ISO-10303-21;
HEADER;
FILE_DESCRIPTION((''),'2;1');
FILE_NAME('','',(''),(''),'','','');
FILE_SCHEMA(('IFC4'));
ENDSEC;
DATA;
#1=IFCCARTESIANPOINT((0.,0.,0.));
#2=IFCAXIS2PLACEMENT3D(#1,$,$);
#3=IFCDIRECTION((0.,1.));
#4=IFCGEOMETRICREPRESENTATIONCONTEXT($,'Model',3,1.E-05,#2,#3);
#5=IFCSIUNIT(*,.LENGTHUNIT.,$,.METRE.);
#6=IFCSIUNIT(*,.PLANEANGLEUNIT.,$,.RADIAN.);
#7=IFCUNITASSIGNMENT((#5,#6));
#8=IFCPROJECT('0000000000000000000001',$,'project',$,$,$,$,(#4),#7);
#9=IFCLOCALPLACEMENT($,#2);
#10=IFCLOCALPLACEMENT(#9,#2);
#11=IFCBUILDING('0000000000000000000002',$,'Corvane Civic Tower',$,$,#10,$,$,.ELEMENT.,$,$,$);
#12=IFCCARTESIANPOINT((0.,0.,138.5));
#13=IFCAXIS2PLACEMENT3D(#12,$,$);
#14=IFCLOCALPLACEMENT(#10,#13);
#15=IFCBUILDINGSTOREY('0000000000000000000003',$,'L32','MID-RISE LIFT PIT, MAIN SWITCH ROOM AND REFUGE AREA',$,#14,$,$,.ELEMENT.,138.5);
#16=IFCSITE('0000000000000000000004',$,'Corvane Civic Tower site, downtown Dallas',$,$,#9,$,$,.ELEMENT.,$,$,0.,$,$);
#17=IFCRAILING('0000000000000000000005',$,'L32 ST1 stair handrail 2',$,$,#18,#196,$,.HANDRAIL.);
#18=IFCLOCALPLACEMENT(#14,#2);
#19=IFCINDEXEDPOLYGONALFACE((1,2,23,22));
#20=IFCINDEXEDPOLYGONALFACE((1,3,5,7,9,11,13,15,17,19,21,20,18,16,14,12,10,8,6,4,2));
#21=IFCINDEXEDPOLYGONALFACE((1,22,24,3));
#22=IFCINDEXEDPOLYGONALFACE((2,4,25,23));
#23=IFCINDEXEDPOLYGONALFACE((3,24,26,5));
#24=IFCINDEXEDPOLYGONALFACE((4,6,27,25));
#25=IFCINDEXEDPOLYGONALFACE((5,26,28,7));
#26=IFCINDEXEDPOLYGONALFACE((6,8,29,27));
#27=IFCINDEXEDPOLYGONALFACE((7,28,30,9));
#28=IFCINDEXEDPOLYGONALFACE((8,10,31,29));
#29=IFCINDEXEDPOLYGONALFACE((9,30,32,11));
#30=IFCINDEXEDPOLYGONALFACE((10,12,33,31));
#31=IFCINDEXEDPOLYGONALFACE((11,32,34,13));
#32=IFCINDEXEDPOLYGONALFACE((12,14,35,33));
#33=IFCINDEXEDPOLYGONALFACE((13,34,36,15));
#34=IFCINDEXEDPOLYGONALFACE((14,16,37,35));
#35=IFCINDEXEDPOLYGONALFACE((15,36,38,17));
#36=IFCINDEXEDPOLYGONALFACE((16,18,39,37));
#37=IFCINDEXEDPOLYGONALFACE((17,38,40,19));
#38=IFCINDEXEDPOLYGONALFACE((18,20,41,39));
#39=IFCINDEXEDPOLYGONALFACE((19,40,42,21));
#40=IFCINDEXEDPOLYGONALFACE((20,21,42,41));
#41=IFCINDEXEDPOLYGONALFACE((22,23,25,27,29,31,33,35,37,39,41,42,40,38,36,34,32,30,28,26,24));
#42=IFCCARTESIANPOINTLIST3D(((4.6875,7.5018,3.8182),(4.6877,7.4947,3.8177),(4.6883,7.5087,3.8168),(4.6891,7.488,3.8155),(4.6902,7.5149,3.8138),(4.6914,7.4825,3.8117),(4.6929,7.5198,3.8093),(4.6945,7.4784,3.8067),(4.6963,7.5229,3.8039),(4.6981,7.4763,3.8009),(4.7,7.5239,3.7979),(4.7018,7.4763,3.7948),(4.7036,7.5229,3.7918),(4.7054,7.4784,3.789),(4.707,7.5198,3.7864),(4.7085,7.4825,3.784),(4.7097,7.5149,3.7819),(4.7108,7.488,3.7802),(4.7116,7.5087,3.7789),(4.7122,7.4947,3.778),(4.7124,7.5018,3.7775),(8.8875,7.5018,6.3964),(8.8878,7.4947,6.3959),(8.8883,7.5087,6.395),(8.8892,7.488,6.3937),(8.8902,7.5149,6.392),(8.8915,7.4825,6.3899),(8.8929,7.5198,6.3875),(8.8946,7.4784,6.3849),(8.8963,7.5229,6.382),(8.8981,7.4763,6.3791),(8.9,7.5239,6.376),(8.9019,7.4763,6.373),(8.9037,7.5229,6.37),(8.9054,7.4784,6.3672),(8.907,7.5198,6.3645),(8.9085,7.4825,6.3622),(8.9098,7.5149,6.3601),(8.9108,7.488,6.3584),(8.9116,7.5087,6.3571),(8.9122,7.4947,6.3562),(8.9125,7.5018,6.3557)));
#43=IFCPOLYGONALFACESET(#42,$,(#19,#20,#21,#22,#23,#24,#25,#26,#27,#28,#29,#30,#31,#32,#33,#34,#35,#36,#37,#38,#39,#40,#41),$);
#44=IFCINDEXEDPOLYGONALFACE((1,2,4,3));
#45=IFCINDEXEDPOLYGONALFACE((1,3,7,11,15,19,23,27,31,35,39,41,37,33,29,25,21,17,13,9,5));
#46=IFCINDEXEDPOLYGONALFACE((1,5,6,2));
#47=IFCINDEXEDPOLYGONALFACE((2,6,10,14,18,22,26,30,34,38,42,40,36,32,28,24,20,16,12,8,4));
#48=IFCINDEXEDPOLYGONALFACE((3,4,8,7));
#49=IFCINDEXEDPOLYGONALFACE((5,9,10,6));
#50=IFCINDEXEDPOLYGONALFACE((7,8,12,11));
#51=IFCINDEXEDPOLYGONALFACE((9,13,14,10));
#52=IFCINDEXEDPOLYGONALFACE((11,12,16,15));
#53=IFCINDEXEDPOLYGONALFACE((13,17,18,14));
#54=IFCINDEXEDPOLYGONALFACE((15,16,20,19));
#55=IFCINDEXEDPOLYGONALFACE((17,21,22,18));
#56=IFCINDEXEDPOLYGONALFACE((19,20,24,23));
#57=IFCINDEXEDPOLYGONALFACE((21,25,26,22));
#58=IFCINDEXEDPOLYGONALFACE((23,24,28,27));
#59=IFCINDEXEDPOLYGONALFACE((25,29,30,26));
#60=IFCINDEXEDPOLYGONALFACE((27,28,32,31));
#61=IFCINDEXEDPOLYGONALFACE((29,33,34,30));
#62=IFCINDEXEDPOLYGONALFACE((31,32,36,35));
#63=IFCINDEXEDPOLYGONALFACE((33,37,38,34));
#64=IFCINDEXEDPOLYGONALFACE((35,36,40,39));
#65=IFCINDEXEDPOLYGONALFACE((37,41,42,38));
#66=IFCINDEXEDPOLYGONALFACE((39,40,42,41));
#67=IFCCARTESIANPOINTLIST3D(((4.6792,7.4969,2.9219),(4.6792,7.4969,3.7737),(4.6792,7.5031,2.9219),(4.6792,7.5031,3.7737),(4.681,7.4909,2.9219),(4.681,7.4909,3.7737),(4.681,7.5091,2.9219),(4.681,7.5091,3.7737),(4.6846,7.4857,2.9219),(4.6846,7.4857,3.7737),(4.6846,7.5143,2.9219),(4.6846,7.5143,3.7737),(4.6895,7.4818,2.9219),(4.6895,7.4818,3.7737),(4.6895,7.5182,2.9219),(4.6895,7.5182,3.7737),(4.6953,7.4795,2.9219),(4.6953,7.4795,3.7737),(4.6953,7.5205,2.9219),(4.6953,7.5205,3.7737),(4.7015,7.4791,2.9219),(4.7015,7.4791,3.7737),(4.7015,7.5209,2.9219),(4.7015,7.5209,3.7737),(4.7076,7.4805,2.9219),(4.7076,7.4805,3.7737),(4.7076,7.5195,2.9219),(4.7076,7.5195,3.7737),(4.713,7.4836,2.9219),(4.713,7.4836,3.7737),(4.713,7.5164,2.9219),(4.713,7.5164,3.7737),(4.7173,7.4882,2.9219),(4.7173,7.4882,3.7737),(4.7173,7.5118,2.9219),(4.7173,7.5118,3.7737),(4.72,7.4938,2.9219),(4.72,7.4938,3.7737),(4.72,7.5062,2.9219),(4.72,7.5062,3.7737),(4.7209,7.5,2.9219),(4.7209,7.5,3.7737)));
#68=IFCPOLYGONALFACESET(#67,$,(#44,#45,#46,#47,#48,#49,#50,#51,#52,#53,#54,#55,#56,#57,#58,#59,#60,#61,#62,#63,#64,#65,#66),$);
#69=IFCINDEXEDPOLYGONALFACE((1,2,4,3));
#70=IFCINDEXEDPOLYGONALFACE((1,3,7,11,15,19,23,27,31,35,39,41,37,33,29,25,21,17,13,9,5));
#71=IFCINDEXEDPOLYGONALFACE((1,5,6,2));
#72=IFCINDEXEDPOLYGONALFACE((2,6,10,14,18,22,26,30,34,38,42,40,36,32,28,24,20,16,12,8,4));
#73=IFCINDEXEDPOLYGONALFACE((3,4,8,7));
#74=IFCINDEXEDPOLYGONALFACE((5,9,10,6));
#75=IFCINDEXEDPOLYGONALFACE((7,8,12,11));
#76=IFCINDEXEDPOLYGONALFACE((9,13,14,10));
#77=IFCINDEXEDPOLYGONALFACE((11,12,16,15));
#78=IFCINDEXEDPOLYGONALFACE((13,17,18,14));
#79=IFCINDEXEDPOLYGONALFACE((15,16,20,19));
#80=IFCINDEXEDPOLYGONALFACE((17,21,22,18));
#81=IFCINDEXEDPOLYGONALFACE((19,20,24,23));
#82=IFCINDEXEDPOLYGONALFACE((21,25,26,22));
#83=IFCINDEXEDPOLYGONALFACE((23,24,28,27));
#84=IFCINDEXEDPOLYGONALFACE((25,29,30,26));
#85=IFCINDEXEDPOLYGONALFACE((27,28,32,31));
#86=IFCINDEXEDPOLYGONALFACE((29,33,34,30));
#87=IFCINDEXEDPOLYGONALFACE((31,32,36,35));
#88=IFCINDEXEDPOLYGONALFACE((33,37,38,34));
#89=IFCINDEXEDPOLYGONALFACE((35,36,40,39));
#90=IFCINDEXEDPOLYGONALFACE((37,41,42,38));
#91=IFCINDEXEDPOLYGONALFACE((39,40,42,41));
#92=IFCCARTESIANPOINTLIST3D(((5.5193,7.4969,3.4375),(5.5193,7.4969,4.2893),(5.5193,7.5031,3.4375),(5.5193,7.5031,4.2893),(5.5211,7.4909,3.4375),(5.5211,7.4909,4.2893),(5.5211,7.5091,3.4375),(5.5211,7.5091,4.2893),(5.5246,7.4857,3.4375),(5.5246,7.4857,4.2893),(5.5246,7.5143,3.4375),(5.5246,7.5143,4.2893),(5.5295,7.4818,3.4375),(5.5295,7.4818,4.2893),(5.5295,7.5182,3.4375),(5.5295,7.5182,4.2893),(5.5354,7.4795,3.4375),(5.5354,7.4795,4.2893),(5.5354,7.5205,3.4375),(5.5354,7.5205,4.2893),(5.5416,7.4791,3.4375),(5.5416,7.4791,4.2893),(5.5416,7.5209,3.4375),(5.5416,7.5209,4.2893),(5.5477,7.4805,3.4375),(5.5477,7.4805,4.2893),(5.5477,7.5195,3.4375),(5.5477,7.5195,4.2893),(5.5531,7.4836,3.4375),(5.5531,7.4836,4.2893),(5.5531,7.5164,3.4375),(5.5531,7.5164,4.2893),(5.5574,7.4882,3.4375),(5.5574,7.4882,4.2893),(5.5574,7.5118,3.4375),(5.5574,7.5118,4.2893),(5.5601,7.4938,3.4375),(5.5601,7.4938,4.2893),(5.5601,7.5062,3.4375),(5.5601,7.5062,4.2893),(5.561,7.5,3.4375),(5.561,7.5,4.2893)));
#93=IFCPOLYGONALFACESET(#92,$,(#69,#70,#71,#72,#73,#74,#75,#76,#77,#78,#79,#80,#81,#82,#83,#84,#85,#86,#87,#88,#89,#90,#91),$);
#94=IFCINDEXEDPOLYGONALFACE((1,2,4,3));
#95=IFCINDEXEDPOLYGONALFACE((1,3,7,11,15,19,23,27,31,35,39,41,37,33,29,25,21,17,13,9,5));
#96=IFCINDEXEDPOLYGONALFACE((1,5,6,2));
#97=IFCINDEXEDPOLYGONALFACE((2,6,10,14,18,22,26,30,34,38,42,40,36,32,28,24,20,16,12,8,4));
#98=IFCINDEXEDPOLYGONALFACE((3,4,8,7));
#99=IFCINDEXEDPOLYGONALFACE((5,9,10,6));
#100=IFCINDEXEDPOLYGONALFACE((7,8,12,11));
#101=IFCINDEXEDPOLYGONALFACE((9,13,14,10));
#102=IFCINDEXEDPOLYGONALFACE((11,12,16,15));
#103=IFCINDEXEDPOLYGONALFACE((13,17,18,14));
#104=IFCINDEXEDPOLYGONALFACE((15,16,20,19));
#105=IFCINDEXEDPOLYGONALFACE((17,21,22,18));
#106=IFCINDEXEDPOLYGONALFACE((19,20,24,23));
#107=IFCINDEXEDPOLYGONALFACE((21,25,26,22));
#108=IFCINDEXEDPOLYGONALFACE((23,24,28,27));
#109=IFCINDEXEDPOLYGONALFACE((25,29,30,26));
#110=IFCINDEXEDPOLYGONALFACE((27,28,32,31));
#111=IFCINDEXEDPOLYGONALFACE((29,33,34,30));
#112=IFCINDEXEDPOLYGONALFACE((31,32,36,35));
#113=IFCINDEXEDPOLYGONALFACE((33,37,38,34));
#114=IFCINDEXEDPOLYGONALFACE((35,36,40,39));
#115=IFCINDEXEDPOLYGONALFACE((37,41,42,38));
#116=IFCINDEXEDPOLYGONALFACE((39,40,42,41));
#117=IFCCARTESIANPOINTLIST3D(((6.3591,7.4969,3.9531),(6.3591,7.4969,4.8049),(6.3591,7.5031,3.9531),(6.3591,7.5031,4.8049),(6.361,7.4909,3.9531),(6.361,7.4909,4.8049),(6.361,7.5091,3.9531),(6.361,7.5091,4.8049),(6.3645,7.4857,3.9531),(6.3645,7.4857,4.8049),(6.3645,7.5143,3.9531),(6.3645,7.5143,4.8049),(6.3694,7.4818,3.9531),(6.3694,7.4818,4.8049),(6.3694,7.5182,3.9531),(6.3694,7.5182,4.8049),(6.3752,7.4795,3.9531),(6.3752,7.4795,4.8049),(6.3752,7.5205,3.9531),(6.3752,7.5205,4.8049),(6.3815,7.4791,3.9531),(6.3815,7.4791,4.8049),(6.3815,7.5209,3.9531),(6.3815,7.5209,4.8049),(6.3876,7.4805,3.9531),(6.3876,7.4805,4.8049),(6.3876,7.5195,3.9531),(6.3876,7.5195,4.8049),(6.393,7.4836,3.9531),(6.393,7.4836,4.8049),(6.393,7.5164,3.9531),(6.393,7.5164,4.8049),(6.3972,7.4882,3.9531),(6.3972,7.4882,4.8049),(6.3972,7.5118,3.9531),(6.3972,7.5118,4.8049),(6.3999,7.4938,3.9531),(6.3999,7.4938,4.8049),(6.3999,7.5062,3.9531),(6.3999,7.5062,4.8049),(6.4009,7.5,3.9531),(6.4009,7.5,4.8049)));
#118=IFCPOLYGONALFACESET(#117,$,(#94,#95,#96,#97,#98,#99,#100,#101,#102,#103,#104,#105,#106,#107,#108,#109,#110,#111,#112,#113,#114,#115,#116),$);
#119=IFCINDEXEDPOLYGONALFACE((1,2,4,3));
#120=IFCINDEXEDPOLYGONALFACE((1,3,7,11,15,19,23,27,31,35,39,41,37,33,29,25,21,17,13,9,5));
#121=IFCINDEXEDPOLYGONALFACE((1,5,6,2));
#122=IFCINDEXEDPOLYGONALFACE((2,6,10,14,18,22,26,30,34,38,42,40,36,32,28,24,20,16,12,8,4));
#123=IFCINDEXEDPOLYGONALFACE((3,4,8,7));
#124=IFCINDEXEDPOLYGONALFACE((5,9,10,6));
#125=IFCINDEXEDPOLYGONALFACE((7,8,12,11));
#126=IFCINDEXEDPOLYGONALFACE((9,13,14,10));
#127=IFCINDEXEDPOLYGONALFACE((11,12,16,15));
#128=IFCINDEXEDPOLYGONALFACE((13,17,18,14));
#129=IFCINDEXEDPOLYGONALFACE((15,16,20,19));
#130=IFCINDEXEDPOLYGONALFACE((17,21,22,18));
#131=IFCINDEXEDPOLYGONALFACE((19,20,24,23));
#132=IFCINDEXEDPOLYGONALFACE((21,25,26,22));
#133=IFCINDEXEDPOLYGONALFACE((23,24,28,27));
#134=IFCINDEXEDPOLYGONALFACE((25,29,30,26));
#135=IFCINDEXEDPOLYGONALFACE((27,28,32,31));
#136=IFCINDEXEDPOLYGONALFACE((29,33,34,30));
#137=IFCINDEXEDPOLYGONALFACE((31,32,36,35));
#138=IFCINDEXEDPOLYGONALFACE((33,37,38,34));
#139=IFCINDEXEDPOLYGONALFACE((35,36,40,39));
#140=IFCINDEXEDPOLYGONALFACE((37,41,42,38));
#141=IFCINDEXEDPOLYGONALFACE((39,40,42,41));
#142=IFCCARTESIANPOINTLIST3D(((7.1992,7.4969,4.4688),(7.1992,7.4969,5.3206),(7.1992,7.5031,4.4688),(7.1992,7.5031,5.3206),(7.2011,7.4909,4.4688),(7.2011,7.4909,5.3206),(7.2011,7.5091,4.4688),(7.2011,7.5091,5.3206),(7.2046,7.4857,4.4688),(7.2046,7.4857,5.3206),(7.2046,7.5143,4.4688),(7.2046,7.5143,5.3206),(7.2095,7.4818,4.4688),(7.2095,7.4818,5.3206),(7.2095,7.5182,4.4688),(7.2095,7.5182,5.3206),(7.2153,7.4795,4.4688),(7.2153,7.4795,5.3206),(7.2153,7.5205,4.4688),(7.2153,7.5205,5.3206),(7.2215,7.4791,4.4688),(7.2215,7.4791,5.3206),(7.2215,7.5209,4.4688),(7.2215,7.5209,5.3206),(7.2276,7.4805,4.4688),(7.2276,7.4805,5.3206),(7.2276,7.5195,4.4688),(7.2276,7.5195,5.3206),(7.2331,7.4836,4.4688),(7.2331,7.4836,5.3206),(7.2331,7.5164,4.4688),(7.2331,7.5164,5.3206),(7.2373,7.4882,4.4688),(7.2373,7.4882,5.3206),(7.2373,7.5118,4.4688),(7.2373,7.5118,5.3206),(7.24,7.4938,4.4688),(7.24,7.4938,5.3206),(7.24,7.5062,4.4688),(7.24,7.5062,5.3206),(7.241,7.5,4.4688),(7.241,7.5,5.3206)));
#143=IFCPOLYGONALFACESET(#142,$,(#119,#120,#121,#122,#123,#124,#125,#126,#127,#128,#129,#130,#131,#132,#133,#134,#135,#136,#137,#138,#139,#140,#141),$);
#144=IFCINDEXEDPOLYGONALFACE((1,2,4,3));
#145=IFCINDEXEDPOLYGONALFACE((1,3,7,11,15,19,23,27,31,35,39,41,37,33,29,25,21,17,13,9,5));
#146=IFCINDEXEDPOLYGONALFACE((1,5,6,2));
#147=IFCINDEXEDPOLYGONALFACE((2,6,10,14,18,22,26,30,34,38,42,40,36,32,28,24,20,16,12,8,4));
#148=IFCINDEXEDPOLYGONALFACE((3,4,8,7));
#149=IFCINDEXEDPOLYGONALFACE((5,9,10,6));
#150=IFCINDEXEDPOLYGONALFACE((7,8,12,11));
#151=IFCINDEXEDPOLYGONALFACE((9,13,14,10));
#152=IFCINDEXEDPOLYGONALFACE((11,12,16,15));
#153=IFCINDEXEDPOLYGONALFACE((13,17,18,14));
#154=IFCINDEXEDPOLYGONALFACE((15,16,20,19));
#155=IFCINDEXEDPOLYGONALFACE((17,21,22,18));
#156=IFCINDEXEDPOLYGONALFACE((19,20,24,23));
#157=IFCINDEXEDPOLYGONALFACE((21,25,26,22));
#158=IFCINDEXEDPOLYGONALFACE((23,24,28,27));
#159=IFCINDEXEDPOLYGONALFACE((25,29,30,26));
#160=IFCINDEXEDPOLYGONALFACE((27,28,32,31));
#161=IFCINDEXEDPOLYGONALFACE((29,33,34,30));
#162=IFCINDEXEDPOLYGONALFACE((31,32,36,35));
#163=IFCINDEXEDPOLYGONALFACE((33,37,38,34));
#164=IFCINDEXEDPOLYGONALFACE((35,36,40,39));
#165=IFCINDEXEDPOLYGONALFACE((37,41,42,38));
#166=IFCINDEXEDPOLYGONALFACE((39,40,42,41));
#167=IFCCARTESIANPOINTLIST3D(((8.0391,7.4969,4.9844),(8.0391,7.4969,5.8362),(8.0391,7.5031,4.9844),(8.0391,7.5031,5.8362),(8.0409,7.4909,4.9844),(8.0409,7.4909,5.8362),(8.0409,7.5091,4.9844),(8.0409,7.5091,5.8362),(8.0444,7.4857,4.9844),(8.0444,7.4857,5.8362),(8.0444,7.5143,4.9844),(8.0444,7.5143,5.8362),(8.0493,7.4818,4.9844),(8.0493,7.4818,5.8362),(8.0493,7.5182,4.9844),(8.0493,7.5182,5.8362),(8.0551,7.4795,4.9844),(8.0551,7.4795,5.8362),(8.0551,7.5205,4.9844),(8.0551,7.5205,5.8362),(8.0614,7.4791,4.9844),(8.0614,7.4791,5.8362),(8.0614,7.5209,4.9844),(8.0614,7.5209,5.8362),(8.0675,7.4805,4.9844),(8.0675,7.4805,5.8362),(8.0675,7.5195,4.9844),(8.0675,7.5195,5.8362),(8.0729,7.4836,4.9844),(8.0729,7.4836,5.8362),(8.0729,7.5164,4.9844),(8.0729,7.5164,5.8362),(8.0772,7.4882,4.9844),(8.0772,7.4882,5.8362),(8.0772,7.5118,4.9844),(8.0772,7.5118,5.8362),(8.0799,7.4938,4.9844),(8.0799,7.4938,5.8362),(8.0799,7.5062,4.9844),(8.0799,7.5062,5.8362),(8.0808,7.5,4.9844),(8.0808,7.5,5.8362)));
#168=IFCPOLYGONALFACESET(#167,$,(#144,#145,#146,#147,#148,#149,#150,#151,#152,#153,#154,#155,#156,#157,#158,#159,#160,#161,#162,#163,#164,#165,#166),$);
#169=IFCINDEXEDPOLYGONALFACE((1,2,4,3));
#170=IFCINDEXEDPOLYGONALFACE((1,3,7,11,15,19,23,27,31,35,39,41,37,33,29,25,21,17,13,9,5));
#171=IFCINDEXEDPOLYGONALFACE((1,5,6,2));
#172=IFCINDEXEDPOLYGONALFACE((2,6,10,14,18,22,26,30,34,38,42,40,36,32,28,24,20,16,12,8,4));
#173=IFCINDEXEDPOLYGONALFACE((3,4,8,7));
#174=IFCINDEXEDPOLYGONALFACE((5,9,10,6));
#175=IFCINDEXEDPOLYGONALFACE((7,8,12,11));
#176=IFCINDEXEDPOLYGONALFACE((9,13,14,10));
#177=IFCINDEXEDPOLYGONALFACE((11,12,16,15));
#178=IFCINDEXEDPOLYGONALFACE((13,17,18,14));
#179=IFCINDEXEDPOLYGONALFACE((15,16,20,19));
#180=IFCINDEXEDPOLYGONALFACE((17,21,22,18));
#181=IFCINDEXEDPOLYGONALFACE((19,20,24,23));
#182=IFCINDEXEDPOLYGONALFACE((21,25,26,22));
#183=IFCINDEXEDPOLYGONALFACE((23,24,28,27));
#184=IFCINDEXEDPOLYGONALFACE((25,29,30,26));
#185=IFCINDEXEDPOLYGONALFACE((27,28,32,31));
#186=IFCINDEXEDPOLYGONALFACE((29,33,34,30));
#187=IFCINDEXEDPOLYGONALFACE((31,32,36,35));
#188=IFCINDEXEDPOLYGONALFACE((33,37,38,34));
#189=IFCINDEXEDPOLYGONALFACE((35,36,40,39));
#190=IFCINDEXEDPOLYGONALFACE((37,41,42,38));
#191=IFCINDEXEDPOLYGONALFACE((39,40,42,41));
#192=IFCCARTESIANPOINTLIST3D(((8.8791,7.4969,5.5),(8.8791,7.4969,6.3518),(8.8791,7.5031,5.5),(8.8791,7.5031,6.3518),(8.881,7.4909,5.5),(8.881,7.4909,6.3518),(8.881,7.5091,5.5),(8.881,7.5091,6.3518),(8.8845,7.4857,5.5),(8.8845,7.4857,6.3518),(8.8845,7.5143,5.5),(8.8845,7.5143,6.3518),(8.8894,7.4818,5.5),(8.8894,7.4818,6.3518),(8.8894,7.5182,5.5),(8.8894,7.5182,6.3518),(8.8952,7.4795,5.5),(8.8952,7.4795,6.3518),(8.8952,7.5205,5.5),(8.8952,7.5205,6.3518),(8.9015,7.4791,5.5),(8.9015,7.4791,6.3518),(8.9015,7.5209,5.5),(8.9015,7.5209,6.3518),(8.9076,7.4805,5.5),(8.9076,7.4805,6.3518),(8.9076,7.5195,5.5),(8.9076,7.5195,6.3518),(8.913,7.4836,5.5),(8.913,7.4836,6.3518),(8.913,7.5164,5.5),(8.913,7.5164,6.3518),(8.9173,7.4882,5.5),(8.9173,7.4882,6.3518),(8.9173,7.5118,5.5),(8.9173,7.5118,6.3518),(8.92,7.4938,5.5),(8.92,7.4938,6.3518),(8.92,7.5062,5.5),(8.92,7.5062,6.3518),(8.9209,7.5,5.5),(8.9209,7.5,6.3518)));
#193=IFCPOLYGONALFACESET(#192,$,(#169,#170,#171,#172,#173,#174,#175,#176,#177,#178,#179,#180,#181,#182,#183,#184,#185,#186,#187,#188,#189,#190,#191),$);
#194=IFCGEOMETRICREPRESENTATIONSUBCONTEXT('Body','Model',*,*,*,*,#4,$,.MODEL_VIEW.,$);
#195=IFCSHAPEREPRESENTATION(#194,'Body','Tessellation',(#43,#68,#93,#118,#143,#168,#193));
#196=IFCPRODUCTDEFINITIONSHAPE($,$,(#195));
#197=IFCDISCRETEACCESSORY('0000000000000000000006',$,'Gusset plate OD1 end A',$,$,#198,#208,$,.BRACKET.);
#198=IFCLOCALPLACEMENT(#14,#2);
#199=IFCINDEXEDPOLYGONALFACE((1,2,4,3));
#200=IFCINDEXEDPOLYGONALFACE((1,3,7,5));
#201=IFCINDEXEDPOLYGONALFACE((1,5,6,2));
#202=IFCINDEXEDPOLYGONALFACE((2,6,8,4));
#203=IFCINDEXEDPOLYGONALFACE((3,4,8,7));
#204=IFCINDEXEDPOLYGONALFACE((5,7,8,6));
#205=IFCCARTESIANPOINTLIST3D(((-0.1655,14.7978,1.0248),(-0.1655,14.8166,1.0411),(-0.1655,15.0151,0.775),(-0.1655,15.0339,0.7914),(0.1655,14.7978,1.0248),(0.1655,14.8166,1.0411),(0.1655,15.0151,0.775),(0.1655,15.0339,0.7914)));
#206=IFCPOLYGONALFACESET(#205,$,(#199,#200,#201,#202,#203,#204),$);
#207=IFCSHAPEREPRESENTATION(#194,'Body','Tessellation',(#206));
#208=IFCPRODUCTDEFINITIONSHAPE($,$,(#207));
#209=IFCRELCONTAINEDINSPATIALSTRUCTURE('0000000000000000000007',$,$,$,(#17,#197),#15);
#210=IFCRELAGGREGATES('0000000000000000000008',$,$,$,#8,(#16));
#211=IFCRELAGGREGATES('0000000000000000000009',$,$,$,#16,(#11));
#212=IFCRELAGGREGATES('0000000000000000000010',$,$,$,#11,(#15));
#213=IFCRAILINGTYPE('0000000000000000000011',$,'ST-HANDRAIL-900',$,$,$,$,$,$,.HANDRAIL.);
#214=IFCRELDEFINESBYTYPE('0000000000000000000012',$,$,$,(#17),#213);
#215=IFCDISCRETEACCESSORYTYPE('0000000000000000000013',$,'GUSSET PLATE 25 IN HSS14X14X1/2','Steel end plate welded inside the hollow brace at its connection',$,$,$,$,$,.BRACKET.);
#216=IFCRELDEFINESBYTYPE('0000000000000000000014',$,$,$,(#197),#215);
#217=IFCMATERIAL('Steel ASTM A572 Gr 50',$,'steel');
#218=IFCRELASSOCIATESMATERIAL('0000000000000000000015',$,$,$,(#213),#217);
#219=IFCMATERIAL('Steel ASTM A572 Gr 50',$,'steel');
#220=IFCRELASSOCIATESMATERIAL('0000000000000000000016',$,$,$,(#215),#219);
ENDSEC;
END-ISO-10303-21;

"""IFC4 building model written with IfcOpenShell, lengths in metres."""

from ifc_helpers import new_model, si_unit, direction, frame, origin, origin_2d, place, context, subcontext, project, spatial, rectangle, circle, extrude, material, material_profile, profile_set, type_object, element, save


model = new_model("IFC4")

# Units and contexts
model_context = context("Model", 3, precision=1e-05, world=origin(), true_north=direction((0.0, 1.0)))
body_context = subcontext(model_context, "Body", "Model", "MODEL_VIEW")
ifc_project = project(units=[si_unit("LENGTHUNIT", "METRE"), si_unit("PLANEANGLEUNIT", "RADIAN")], contexts=[model_context])

# Site, building, storey
site_placement = place(None, origin())
site = spatial("IfcSite", under=ifc_project, at=site_placement, Name="Corvane Civic Tower site, downtown Dallas", CompositionType="ELEMENT", RefElevation=0.0)
building_placement = place(site_placement, origin())
building = spatial("IfcBuilding", under=site, at=building_placement, Name="Corvane Civic Tower", CompositionType="ELEMENT")
storey_placement = place(building_placement, frame((0.0, 0.0, 138.5)))
storey = spatial("IfcBuildingStorey", under=building, at=storey_placement, Name="L32", Description="MID-RISE LIFT PIT, MAIN SWITCH ROOM AND REFUGE AREA", CompositionType="ELEMENT", Elevation=138.5)

# Railing
ifc_material_1 = material(Name="Steel ASTM A572 Gr 50", Category="steel")
railing_type_1 = type_object("IfcRailingType", Name="ST-HANDRAIL-900", PredefinedType="HANDRAIL", material=ifc_material_1)
railing_1_placement = place(storey_placement, frame((4.7, 7.5, 2.9219)))
element("IfcRailing", 1, at=railing_1_placement, inside=storey, type_object=railing_type_1, Name="L32 ST1 stair handrail 2", PredefinedType="HANDRAIL", context=body_context, shape_type="SweptSolid", body=[
    extrude(circle(Radius=0.0239, at=origin_2d()), frame((0.0, 0.0, 0.876), z_axis=(0.852243, 0.0, 0.523146), x_axis=(0.0, 1.0, 0.0)), (0.0, 0.0, 1.0), 4.9282),
    extrude(circle(Radius=0.021, at=origin_2d()), origin(), (0.0, 0.0, 1.0), 0.8518),
    extrude(circle(Radius=0.021, at=origin_2d()), frame((0.8401, 0.0, 0.5156)), (0.0, 0.0, 1.0), 0.8518),
    extrude(circle(Radius=0.021, at=origin_2d()), frame((1.6799, 0.0, 1.0312)), (0.0, 0.0, 1.0), 0.8518),
    extrude(circle(Radius=0.021, at=origin_2d()), frame((2.52, 0.0, 1.5469)), (0.0, 0.0, 1.0), 0.8518),
    extrude(circle(Radius=0.021, at=origin_2d()), frame((3.3599, 0.0, 2.0625)), (0.0, 0.0, 1.0), 0.8518),
    extrude(circle(Radius=0.021, at=origin_2d()), frame((4.2, 0.0, 2.5781)), (0.0, 0.0, 1.0), 0.8518),
])

# Discrete accessory
ifc_material_2 = material(Name="Steel ASTM A572 Gr 50", Category="steel")
ifc_material_profile_1 = material_profile(ifc_material_2, rectangle(XDim=0.3311, YDim=0.3311, at=origin_2d()), Name="GUSSET PLATE 25 IN HSS14X14X1/2")
ifc_profile_set_1 = profile_set([ifc_material_profile_1], Name="Steel ASTM A572 Gr 50")
discrete_accessory_type_1 = type_object("IfcDiscreteAccessoryType", Name="GUSSET PLATE 25 IN HSS14X14X1/2", Description="Steel end plate welded inside the hollow brace at its connection", PredefinedType="BRACKET", material=ifc_profile_set_1)
discrete_accessory_1_placement = place(storey_placement, frame((0.0, 14.9065, 0.8999), z_axis=(0.0, 0.754395, 0.656421), x_axis=(-1.0, 0.0, 0.0)))
element("IfcDiscreteAccessory", 2, at=discrete_accessory_1_placement, inside=storey, type_object=discrete_accessory_type_1, Name="Gusset plate OD1 end A", PredefinedType="BRACKET", context=body_context, shape_type="SweptSolid", body=[
    extrude(rectangle(XDim=0.3311, YDim=0.3311, at=origin_2d()), origin(), (0.0, 0.0, 1.0), 0.0249),
])

save(model, "model.ifc")
